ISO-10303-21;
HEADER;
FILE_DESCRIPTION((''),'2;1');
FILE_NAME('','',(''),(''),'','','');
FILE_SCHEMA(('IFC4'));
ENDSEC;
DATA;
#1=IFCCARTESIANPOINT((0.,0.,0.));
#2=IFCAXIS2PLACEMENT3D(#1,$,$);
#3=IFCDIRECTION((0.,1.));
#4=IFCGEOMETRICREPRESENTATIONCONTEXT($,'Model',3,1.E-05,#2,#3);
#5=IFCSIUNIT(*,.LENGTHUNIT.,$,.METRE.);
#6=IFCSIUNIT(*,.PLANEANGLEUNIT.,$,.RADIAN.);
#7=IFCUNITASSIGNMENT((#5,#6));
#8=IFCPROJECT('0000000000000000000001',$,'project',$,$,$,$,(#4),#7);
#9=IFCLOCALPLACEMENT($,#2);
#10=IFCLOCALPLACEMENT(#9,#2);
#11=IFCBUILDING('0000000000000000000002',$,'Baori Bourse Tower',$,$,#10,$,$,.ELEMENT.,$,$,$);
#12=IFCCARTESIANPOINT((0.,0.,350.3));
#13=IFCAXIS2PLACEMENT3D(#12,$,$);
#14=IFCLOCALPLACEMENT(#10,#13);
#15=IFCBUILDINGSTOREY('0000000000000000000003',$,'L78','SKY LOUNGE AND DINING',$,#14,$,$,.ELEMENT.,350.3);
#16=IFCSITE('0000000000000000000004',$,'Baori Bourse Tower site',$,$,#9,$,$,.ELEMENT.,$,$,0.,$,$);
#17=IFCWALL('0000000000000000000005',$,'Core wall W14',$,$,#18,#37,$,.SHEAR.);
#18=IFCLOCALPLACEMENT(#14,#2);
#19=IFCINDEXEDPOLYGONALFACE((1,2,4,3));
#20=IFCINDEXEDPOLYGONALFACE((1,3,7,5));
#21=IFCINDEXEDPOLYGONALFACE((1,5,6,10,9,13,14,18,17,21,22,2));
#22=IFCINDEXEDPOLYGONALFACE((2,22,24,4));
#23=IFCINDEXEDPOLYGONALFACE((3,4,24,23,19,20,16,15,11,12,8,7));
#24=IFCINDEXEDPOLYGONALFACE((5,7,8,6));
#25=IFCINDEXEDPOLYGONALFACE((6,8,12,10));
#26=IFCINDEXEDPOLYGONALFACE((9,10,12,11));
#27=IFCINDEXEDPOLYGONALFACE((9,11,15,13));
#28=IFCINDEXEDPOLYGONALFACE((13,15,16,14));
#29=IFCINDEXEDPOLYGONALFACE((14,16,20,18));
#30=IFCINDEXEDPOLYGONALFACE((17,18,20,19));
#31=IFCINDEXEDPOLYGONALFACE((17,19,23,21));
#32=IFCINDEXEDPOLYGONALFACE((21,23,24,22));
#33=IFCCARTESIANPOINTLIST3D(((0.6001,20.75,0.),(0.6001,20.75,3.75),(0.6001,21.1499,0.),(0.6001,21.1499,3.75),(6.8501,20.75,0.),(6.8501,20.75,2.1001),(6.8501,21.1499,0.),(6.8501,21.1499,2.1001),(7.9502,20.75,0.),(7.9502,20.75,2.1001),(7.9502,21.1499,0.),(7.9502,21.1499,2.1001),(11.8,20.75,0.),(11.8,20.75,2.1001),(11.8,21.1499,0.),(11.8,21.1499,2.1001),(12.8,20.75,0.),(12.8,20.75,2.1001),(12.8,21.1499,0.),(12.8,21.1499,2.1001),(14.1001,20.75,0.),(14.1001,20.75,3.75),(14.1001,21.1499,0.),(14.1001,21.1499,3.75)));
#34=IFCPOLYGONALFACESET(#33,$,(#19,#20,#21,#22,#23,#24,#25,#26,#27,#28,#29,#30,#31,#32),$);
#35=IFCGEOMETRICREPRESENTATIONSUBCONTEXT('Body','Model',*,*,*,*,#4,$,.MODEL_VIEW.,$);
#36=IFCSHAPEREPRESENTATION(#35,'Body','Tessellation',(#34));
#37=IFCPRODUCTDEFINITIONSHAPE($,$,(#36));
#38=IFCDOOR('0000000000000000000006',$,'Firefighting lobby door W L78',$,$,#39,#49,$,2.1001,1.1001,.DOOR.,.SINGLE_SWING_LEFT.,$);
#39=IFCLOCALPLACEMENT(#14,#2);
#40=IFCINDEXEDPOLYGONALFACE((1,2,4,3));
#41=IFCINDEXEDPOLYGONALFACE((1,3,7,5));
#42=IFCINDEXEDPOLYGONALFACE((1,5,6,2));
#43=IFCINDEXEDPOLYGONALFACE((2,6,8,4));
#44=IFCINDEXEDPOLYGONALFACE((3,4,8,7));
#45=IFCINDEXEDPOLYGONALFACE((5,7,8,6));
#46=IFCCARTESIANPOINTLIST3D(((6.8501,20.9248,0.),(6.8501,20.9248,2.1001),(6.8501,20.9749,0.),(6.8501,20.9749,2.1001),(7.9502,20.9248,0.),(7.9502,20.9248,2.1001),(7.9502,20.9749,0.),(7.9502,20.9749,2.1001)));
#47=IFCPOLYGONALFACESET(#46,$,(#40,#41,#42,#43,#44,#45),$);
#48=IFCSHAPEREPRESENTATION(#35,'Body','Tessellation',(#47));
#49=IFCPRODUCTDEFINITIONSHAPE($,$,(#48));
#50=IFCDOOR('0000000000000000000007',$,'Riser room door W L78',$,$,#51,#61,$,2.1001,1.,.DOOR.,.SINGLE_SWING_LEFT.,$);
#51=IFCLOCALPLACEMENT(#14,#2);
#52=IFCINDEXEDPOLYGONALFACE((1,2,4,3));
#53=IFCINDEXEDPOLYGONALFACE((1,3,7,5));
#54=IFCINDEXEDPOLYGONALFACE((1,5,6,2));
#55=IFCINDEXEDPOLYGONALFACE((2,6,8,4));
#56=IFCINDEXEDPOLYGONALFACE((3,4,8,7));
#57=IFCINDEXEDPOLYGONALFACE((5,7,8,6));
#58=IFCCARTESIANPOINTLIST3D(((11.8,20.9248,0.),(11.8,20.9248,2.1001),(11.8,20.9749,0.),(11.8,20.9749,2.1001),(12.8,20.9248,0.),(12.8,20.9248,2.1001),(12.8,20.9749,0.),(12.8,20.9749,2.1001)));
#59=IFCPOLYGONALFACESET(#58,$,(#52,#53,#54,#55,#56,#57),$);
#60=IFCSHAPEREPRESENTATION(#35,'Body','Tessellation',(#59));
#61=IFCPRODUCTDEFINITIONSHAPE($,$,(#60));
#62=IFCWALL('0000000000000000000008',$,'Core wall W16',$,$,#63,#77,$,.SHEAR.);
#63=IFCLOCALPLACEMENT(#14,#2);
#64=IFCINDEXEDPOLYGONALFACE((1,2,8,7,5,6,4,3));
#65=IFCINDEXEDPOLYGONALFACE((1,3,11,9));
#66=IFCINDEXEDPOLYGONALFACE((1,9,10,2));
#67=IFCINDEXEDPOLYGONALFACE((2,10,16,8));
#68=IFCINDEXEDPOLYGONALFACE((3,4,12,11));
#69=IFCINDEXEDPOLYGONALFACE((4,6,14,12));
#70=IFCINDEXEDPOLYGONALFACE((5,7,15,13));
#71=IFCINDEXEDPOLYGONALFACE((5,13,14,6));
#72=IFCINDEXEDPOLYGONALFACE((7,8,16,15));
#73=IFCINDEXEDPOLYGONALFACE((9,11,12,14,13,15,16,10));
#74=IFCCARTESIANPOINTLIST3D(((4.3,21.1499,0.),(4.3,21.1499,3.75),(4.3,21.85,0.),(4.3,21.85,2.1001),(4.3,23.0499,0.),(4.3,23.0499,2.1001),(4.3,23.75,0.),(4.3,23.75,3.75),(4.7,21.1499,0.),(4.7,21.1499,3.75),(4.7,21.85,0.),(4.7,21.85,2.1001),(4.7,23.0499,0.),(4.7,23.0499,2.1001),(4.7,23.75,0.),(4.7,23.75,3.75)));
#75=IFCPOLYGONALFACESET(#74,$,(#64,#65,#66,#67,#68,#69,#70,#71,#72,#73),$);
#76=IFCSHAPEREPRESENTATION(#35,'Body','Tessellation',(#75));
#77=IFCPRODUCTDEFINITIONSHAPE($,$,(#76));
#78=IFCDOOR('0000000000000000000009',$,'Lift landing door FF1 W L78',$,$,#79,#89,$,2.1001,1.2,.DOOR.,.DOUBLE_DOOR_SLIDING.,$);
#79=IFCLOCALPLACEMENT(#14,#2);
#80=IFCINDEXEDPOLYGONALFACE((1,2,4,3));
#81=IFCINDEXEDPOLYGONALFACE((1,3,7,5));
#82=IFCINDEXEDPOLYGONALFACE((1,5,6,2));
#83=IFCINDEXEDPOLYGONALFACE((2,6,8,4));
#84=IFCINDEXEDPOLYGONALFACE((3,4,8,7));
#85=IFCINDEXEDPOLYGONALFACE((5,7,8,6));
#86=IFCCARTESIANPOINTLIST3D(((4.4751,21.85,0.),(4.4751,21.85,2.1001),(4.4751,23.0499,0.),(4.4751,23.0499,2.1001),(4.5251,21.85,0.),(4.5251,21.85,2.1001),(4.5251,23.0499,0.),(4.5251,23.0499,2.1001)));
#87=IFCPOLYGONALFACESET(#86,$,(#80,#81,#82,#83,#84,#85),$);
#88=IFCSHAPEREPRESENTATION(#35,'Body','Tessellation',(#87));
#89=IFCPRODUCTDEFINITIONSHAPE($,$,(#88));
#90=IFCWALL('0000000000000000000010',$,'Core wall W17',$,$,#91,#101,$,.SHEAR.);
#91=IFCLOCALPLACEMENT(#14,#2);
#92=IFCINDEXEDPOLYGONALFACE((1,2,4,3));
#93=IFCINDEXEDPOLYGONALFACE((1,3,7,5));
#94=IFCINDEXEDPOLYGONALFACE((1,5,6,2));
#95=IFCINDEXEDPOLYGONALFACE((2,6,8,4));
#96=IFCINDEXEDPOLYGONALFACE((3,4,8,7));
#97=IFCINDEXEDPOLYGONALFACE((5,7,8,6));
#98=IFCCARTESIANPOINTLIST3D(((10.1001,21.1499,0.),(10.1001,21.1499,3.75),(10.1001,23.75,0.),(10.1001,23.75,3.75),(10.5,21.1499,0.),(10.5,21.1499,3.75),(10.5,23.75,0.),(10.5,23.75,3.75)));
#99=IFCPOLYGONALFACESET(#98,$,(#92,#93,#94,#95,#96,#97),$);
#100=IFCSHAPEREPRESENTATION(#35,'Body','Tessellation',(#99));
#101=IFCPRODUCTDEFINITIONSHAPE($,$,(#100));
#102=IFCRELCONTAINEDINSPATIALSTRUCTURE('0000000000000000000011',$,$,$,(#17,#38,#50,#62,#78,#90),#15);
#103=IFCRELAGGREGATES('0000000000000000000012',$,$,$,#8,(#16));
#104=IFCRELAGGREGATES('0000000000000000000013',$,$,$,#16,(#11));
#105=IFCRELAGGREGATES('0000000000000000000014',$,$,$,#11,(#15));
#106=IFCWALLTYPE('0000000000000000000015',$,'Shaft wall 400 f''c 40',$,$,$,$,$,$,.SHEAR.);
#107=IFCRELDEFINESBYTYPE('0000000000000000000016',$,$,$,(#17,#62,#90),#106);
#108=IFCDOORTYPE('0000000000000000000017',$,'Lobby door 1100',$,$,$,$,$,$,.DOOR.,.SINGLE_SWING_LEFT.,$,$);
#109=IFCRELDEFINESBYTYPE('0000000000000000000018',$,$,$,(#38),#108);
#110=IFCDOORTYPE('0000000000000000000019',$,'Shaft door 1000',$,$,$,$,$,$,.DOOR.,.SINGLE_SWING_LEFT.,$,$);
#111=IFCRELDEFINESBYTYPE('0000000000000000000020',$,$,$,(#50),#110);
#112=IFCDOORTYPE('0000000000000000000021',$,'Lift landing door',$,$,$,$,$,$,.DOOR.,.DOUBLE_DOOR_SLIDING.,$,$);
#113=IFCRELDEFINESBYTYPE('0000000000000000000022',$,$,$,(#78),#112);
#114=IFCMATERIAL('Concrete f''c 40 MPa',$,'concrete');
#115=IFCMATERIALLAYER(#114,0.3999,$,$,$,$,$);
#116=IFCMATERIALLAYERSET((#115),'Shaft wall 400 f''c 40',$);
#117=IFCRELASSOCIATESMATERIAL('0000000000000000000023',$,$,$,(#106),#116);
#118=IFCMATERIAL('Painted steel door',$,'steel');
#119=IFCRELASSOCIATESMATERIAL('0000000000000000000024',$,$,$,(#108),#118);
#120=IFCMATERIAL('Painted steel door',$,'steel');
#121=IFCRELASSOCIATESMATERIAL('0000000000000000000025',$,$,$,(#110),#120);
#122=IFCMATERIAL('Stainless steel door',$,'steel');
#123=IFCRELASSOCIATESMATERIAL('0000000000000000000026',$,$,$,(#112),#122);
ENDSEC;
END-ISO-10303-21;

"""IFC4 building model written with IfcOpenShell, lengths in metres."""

from ifc_helpers import new_model, si_unit, direction, frame, frame_2d, origin, place, context, subcontext, project, spatial, rectangle, extrude, material, layer, layer_set, type_object, element, fill, save


model = new_model("IFC4")

# Units and contexts
model_context = context("Model", 3, precision=1e-05, world=origin(), true_north=direction((0.0, 1.0)))
body_context = subcontext(model_context, "Body", "Model", "MODEL_VIEW")
ifc_project = project(units=[si_unit("LENGTHUNIT", "METRE"), si_unit("PLANEANGLEUNIT", "RADIAN")], contexts=[model_context])

# Site, building, storey
site_placement = place(None, origin())
site = spatial("IfcSite", under=ifc_project, at=site_placement, Name="Baori Bourse Tower site", CompositionType="ELEMENT", RefElevation=0.0)
building_placement = place(site_placement, origin())
building = spatial("IfcBuilding", under=site, at=building_placement, Name="Baori Bourse Tower", CompositionType="ELEMENT")
storey_placement = place(building_placement, frame((0.0, 0.0, 350.3)))
storey = spatial("IfcBuildingStorey", under=building, at=storey_placement, Name="L78", Description="SKY LOUNGE AND DINING", CompositionType="ELEMENT", Elevation=350.3)

# Shared definitions
ifc_material_1 = material(Name="Concrete f'c 40 MPa", Category="concrete")
ifc_layer_1 = layer(ifc_material_1, 0.3999)
ifc_layer_set_1 = layer_set([ifc_layer_1], Name="Shaft wall 400 f'c 40")
wall_type_1 = type_object("IfcWallType", Name="Shaft wall 400 f'c 40", PredefinedType="SHEAR", material=ifc_layer_set_1)

# Wall, openings, doors
wall_1_placement = place(storey_placement, frame((0.6001, 20.95, 0.0), z_axis=(0.0, 0.0, 1.0), x_axis=(1.0, 0.0, 0.0)))
wall_1 = element("IfcWall", 1, at=wall_1_placement, inside=storey, type_object=wall_type_1, Name="Core wall W14", PredefinedType="SHEAR", context=body_context, shape_type="SweptSolid", body=[
    extrude(rectangle(XDim=13.5, YDim=0.3999, at=frame_2d((6.75, 0.0))), origin(), (0.0, 0.0, 1.0), 3.75),
])
opening_1_placement = place(wall_1_placement, frame((6.25, 0.0, 0.0)))
opening_1 = element("IfcOpeningElement", 2, at=opening_1_placement, cuts=wall_1, PredefinedType="OPENING", context=body_context, shape_type="SweptSolid", body=[
    extrude(rectangle(XDim=1.1001, YDim=2.1001, at=frame_2d((0.55, 1.05))), frame((0.0, 0.21, 0.0), z_axis=(0.0, -1.0, 0.0), x_axis=(1.0, 0.0, 0.0)), (0.0, 0.0, 1.0), 0.4199),
])
opening_2_placement = place(wall_1_placement, frame((11.2, 0.0, 0.0)))
opening_2 = element("IfcOpeningElement", 3, at=opening_2_placement, cuts=wall_1, PredefinedType="OPENING", context=body_context, shape_type="SweptSolid", body=[
    extrude(rectangle(XDim=1.0, YDim=2.1001, at=frame_2d((0.5, 1.05))), frame((0.0, 0.21, 0.0), z_axis=(0.0, -1.0, 0.0), x_axis=(1.0, 0.0, 0.0)), (0.0, 0.0, 1.0), 0.4199),
])
ifc_material_2 = material(Name="Painted steel door", Category="steel")
door_type_1 = type_object("IfcDoorType", Name="Lobby door 1100", OperationType="SINGLE_SWING_LEFT", PredefinedType="DOOR", material=ifc_material_2)
door_1_placement = place(opening_1_placement, origin())
door_1 = element("IfcDoor", 4, at=door_1_placement, inside=storey, type_object=door_type_1, Name="Firefighting lobby door W L78", OperationType="SINGLE_SWING_LEFT", OverallHeight=2.1001, OverallWidth=1.1001, PredefinedType="DOOR", context=body_context, shape_type="SweptSolid", body=[
    extrude(rectangle(XDim=1.1001, YDim=2.1001, at=frame_2d((0.55, 1.05))), frame((0.0, 0.0249, 0.0), z_axis=(0.0, -1.0, 0.0), x_axis=(1.0, 0.0, 0.0)), (0.0, 0.0, 1.0), 0.05),
])
fill(opening_1, door_1)
ifc_material_3 = material(Name="Painted steel door", Category="steel")
door_type_2 = type_object("IfcDoorType", Name="Shaft door 1000", OperationType="SINGLE_SWING_LEFT", PredefinedType="DOOR", material=ifc_material_3)
door_2_placement = place(opening_2_placement, origin())
door_2 = element("IfcDoor", 5, at=door_2_placement, inside=storey, type_object=door_type_2, Name="Riser room door W L78", OperationType="SINGLE_SWING_LEFT", OverallHeight=2.1001, OverallWidth=1.0, PredefinedType="DOOR", context=body_context, shape_type="SweptSolid", body=[
    extrude(rectangle(XDim=1.0, YDim=2.1001, at=frame_2d((0.5, 1.05))), frame((0.0, 0.0249, 0.0), z_axis=(0.0, -1.0, 0.0), x_axis=(1.0, 0.0, 0.0)), (0.0, 0.0, 1.0), 0.05),
])
fill(opening_2, door_2)

# Wall, opening, door
wall_2_placement = place(storey_placement, frame((4.5, 21.1499, 0.0), z_axis=(0.0, 0.0, 1.0), x_axis=(0.0, 1.0, 0.0)))
wall_2 = element("IfcWall", 6, at=wall_2_placement, inside=storey, type_object=wall_type_1, Name="Core wall W16", PredefinedType="SHEAR", context=body_context, shape_type="SweptSolid", body=[
    extrude(rectangle(XDim=2.6001, YDim=0.3999, at=frame_2d((1.3, 0.0))), origin(), (0.0, 0.0, 1.0), 3.75),
])
opening_3_placement = place(wall_2_placement, frame((0.7, 0.0, 0.0)))
opening_3 = element("IfcOpeningElement", 7, at=opening_3_placement, cuts=wall_2, PredefinedType="OPENING", context=body_context, shape_type="SweptSolid", body=[
    extrude(rectangle(XDim=1.2, YDim=2.1001, at=frame_2d((0.6001, 1.05))), frame((0.0, 0.21, 0.0), z_axis=(0.0, -1.0, 0.0), x_axis=(1.0, 0.0, 0.0)), (0.0, 0.0, 1.0), 0.4199),
])
ifc_material_4 = material(Name="Stainless steel door", Category="steel")
door_type_3 = type_object("IfcDoorType", Name="Lift landing door", OperationType="DOUBLE_DOOR_SLIDING", PredefinedType="DOOR", material=ifc_material_4)
door_3_placement = place(opening_3_placement, origin())
door_3 = element("IfcDoor", 8, at=door_3_placement, inside=storey, type_object=door_type_3, Name="Lift landing door FF1 W L78", OperationType="DOUBLE_DOOR_SLIDING", OverallHeight=2.1001, OverallWidth=1.2, PredefinedType="DOOR", context=body_context, shape_type="SweptSolid", body=[
    extrude(rectangle(XDim=1.2, YDim=2.1001, at=frame_2d((0.6001, 1.05))), frame((0.0, 0.0249, 0.0), z_axis=(0.0, -1.0, 0.0), x_axis=(1.0, 0.0, 0.0)), (0.0, 0.0, 1.0), 0.05),
])
fill(opening_3, door_3)

# Wall
wall_3_placement = place(storey_placement, frame((10.3, 21.1499, 0.0), z_axis=(0.0, 0.0, 1.0), x_axis=(0.0, 1.0, 0.0)))
element("IfcWall", 9, at=wall_3_placement, inside=storey, type_object=wall_type_1, Name="Core wall W17", PredefinedType="SHEAR", context=body_context, shape_type="SweptSolid", body=[
    extrude(rectangle(XDim=2.6001, YDim=0.3999, at=frame_2d((1.3, 0.0))), origin(), (0.0, 0.0, 1.0), 3.75),
])

save(model, "model.ifc")
